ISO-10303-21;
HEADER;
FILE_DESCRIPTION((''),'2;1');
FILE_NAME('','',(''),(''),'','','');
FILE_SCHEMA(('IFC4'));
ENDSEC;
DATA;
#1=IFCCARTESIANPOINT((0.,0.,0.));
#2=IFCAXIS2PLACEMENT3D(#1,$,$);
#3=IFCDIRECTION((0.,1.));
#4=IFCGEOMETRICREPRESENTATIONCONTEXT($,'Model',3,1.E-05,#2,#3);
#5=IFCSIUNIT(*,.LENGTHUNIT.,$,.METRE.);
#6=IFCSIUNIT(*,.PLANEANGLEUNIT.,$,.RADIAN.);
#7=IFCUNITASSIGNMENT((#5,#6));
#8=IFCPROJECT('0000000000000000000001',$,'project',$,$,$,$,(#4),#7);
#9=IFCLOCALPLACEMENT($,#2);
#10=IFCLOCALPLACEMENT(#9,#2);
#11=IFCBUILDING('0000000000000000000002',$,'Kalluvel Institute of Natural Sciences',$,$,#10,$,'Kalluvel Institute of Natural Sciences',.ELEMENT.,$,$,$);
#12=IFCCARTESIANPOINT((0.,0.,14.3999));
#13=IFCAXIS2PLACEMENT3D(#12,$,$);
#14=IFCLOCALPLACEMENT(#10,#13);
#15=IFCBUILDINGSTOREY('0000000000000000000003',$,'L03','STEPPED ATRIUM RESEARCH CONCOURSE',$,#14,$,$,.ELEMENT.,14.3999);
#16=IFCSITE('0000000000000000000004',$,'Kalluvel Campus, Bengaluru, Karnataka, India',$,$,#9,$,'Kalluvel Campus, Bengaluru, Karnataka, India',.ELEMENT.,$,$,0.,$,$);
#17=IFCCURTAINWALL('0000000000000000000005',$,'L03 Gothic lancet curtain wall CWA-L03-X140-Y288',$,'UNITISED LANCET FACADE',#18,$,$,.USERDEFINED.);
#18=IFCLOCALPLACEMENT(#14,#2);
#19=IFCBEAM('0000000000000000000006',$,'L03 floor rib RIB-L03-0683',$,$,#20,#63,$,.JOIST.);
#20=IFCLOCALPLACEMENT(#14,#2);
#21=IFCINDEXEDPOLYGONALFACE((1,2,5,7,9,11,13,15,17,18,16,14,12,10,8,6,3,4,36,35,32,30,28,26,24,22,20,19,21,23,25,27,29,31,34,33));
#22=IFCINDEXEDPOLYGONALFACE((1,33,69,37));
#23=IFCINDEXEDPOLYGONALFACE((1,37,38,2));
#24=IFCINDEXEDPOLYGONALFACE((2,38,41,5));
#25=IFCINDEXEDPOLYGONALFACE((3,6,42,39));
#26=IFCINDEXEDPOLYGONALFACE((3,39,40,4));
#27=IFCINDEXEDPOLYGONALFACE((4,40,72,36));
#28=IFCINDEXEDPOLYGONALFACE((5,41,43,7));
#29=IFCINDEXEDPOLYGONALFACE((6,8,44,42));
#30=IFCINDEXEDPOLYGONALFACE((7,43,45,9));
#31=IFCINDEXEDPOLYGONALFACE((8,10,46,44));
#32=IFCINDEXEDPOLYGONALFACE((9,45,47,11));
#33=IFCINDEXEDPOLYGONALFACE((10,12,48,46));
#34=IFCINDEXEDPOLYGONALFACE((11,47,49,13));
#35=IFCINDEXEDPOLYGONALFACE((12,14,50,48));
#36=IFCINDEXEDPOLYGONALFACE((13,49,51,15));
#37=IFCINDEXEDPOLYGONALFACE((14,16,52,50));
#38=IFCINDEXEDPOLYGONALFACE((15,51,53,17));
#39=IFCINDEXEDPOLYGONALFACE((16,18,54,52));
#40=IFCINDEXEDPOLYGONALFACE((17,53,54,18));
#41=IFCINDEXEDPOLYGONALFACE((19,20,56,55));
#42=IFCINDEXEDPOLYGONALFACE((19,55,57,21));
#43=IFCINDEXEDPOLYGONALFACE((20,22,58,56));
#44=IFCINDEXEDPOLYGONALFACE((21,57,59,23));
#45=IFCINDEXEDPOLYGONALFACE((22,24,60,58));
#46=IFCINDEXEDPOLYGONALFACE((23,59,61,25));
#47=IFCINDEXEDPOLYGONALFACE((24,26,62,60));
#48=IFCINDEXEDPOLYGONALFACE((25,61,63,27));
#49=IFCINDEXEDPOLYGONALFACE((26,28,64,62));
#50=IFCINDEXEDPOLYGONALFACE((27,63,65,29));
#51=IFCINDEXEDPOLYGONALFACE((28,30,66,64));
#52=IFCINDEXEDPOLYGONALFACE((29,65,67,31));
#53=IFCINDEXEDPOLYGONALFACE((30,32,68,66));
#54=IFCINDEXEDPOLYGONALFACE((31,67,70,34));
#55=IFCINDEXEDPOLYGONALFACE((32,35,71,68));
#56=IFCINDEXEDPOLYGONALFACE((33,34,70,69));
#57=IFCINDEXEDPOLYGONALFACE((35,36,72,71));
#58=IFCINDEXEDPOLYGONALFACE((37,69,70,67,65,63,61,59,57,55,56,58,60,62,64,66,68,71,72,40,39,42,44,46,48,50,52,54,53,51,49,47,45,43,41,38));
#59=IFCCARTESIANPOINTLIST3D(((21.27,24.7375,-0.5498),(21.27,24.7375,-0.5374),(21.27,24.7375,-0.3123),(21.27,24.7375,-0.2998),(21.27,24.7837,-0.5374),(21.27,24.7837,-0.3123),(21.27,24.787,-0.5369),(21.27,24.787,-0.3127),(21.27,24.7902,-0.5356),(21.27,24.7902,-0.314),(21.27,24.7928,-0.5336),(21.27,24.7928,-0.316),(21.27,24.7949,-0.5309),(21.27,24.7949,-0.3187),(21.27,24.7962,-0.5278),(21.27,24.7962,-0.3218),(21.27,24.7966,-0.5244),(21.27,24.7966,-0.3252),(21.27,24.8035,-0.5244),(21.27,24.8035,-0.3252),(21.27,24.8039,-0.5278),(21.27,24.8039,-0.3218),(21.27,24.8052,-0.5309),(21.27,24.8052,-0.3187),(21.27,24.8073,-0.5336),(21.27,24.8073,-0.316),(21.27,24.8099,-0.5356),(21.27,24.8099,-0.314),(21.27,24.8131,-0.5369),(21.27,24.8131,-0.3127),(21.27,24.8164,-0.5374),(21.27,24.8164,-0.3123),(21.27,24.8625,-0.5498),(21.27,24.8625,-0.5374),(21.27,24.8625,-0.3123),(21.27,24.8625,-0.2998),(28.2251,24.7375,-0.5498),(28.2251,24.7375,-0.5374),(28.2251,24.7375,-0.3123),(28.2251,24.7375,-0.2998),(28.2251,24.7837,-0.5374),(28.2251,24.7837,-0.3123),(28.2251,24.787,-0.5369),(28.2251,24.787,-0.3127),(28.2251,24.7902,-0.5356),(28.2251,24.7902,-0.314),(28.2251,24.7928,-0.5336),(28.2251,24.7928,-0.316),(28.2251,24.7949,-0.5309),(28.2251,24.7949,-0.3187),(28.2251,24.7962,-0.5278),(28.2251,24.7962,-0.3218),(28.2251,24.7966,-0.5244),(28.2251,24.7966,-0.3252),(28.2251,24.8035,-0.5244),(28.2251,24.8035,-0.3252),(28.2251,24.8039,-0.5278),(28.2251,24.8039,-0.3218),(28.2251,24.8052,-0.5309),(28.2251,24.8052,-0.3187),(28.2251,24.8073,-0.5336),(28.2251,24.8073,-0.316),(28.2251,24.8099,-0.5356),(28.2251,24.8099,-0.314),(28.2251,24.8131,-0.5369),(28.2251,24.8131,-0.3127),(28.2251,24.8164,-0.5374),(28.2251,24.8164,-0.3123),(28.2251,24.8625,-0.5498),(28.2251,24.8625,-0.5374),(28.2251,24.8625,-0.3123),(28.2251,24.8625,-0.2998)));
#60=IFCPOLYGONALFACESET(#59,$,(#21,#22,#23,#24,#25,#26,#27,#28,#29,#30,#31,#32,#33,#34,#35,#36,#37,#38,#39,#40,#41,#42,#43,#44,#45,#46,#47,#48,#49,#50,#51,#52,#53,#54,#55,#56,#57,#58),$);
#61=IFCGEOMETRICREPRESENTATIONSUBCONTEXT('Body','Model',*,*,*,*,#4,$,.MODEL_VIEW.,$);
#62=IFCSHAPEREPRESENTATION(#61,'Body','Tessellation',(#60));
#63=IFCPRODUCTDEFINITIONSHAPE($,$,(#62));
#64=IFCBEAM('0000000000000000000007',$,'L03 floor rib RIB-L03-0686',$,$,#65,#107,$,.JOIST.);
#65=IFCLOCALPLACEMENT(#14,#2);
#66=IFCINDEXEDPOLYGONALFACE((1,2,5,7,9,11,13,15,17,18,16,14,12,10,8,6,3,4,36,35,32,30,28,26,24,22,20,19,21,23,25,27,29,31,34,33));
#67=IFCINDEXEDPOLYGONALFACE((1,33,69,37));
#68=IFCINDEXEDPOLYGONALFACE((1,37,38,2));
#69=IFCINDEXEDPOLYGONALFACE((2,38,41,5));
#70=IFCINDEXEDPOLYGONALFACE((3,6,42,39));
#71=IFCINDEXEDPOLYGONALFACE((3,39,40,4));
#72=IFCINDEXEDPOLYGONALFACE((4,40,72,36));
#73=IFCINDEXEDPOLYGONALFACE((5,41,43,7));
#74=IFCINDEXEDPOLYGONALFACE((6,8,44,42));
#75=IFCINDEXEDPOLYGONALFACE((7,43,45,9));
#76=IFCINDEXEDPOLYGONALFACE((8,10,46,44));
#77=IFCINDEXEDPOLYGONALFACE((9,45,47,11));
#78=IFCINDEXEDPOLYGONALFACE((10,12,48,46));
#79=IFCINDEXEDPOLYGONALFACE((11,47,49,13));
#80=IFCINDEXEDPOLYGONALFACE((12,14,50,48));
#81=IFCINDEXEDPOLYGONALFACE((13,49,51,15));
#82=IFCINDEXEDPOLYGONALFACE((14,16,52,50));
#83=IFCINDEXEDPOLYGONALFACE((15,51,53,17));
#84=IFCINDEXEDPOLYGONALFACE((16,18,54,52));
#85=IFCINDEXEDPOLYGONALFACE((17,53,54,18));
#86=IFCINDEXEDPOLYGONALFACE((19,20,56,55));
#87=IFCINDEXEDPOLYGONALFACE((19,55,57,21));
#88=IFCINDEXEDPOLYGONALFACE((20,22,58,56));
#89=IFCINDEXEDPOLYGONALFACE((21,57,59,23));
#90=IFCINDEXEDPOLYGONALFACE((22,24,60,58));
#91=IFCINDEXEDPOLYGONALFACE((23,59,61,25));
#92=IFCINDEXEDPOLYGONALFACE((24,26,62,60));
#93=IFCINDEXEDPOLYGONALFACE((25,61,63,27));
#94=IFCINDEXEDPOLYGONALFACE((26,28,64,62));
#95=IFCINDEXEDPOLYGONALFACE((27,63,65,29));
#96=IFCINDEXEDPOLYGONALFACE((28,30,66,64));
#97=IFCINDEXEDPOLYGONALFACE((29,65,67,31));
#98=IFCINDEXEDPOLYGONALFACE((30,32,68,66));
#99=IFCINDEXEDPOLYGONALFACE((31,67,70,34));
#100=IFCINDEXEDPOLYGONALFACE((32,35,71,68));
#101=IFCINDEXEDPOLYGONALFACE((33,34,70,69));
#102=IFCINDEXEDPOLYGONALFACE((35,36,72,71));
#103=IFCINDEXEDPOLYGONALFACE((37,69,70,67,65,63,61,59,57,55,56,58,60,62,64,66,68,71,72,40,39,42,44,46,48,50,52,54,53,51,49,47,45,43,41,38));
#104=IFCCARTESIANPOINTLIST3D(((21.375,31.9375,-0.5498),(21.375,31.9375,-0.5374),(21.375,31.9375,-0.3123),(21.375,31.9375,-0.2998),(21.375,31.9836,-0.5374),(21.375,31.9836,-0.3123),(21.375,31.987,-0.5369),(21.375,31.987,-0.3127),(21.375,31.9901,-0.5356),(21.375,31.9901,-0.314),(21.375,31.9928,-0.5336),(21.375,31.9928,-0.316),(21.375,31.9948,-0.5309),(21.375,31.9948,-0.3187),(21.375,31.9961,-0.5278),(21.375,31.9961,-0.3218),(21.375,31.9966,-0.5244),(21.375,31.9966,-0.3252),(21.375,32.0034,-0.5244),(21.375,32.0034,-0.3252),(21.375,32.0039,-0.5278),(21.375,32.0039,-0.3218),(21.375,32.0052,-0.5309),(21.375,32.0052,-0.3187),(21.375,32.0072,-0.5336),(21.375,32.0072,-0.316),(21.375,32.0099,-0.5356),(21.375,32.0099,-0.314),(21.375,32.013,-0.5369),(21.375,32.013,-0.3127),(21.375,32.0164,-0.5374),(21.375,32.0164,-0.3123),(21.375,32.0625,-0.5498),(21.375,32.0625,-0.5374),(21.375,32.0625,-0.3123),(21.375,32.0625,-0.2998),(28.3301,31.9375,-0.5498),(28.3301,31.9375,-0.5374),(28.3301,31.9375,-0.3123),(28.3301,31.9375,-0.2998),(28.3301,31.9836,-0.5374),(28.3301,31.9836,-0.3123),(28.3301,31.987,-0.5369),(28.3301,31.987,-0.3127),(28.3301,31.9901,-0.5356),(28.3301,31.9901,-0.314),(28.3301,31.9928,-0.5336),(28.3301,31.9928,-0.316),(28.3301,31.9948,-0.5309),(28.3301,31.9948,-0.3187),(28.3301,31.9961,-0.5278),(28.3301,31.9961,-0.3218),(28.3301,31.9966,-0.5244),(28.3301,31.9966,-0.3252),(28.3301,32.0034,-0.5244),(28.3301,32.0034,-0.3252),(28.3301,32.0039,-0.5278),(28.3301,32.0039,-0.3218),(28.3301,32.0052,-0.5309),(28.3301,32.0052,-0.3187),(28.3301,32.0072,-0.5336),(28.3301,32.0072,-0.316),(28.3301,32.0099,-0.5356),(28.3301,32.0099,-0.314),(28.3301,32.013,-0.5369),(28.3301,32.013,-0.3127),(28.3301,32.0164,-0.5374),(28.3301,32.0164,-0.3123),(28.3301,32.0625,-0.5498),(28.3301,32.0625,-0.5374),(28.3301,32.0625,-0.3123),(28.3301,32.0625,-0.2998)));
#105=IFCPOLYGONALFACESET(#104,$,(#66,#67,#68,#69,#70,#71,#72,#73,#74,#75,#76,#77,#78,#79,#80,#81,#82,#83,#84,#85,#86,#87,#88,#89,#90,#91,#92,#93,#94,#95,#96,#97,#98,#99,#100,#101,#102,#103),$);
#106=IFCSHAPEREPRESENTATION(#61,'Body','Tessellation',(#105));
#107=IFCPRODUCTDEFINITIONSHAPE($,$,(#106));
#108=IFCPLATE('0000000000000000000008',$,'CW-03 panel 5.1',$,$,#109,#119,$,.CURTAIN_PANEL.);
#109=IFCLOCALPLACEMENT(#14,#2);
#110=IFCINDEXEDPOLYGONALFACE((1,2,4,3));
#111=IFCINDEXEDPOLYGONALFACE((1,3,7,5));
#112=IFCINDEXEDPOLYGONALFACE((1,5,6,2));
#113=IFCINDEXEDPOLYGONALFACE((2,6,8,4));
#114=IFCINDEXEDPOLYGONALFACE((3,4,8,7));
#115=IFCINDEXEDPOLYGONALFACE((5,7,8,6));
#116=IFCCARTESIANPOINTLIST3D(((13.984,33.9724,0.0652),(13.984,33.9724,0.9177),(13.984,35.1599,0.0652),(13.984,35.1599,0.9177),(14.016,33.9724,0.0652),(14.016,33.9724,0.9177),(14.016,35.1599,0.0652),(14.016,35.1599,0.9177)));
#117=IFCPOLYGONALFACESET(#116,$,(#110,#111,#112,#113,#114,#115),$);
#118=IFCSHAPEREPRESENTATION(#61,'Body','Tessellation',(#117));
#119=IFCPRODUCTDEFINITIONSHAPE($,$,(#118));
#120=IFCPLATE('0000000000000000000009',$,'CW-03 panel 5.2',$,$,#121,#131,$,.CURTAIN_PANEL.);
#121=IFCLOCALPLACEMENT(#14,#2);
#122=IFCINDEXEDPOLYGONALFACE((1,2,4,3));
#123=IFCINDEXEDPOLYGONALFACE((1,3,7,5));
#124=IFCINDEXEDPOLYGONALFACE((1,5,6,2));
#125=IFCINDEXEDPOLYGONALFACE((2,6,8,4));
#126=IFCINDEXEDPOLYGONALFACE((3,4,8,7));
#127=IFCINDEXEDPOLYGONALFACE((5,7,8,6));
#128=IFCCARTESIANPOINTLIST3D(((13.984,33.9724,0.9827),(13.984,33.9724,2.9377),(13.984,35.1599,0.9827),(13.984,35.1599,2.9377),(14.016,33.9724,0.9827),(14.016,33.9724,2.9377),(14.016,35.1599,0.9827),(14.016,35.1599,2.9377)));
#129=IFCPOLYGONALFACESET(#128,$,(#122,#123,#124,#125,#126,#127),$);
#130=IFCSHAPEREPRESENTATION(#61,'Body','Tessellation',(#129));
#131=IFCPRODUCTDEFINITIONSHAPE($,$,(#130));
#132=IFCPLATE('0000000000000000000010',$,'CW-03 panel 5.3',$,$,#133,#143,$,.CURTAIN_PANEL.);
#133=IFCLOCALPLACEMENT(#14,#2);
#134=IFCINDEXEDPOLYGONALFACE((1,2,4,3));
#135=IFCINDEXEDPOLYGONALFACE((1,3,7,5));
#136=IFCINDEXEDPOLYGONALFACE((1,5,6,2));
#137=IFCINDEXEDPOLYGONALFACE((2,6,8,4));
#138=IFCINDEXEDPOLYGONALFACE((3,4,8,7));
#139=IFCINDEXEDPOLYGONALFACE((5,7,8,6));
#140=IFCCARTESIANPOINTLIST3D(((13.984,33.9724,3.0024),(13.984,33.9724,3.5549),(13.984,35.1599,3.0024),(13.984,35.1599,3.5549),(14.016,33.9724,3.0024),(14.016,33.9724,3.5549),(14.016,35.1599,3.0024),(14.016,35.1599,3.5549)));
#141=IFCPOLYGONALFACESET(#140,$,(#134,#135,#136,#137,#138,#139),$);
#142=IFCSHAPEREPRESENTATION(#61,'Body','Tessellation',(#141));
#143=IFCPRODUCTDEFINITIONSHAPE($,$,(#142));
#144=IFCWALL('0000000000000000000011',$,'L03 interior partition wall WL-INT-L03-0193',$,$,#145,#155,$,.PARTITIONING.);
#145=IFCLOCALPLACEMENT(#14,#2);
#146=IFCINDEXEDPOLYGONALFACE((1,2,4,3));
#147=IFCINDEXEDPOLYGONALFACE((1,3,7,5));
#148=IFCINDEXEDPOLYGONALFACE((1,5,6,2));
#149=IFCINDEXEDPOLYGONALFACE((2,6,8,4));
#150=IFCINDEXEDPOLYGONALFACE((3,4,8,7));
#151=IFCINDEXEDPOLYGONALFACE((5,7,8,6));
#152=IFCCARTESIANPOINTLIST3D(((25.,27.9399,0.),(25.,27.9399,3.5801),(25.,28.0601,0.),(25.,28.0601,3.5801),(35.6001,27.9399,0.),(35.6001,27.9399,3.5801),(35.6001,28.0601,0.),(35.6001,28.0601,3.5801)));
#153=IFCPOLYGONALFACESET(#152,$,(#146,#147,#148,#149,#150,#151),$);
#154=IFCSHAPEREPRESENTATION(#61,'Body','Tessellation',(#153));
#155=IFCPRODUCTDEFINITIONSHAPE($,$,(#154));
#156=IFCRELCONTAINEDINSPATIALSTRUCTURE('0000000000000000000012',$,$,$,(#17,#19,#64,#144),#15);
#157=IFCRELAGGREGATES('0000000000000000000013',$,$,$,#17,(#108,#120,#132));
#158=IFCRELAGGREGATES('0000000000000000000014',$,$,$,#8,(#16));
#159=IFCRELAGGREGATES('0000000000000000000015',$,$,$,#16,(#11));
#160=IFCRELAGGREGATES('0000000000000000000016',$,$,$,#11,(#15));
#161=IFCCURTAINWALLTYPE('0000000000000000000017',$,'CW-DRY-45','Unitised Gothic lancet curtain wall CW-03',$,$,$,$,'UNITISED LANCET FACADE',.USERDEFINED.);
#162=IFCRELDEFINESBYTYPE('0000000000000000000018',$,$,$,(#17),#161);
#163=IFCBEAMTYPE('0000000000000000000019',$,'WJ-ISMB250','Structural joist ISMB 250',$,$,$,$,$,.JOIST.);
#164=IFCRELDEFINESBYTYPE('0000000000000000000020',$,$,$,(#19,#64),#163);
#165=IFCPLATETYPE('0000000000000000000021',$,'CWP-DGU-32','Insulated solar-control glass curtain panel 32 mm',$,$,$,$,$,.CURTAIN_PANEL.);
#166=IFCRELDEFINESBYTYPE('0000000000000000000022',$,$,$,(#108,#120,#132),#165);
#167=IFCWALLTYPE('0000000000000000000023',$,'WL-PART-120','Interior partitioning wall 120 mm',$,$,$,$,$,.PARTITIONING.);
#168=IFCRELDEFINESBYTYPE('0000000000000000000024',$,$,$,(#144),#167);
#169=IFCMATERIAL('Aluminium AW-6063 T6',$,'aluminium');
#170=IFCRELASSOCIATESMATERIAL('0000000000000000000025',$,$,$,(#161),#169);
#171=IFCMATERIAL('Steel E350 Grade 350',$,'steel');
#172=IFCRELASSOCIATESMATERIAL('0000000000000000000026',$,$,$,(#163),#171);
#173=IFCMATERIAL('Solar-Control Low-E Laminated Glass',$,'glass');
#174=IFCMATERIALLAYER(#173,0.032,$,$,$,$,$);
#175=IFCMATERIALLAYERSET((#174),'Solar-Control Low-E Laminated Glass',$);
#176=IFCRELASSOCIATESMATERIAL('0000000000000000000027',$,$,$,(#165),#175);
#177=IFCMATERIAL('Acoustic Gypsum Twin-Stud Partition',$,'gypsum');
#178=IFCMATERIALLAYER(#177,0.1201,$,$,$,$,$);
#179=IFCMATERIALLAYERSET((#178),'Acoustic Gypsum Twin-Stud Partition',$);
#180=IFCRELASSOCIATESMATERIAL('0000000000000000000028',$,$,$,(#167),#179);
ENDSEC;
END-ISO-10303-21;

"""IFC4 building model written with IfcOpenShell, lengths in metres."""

from ifc_helpers import new_model, si_unit, direction, frame, frame_2d, origin, origin_2d, place, context, subcontext, project, spatial, rectangle, i_section, extrude, material, layer, layer_set, material_profile, profile_set, type_object, element, aggregate, save


model = new_model("IFC4")

# Units and contexts
model_context = context("Model", 3, precision=1e-05, world=origin(), true_north=direction((0.0, 1.0)))
body_context = subcontext(model_context, "Body", "Model", "MODEL_VIEW")
ifc_project = project(units=[si_unit("LENGTHUNIT", "METRE"), si_unit("PLANEANGLEUNIT", "RADIAN")], contexts=[model_context])

# Site, building, storey
site_placement = place(None, origin())
site = spatial("IfcSite", under=ifc_project, at=site_placement, Name="Kalluvel Campus, Bengaluru, Karnataka, India", LongName="Kalluvel Campus, Bengaluru, Karnataka, India", CompositionType="ELEMENT", RefElevation=0.0)
building_placement = place(site_placement, origin())
building = spatial("IfcBuilding", under=site, at=building_placement, Name="Kalluvel Institute of Natural Sciences", LongName="Kalluvel Institute of Natural Sciences", CompositionType="ELEMENT")
storey_placement = place(building_placement, frame((0.0, 0.0, 14.3999)))
storey = spatial("IfcBuildingStorey", under=building, at=storey_placement, Name="L03", Description="STEPPED ATRIUM RESEARCH CONCOURSE", CompositionType="ELEMENT", Elevation=14.3999)

# Shared definitions
ifc_material_1 = material(Name="Steel E350 Grade 350", Category="steel")

# Curtain wall
ifc_material_2 = material(Name="Aluminium AW-6063 T6", Category="aluminium")
curtain_wall_type = type_object("IfcCurtainWallType", Name="CW-DRY-45", Description="Unitised Gothic lancet curtain wall CW-03", ElementType="UNITISED LANCET FACADE", PredefinedType="USERDEFINED", material=ifc_material_2)
curtain_wall_placement = place(storey_placement, origin())
curtain_wall = element("IfcCurtainWall", 1, at=curtain_wall_placement, inside=storey, type_object=curtain_wall_type, Name="L03 Gothic lancet curtain wall CWA-L03-X140-Y288", ObjectType="UNITISED LANCET FACADE", PredefinedType="USERDEFINED")

# Beams
ifc_material_profile_1 = material_profile(ifc_material_1, i_section(OverallWidth=0.125, OverallDepth=0.25, WebThickness=0.0068, FlangeThickness=0.0125, FilletRadius=0.0129, at=origin_2d()), Name="ISMB 250")
ifc_profile_set_1 = profile_set([ifc_material_profile_1], Name="Steel E350 Grade 350")
beam_type_1 = type_object("IfcBeamType", Name="WJ-ISMB250", Description="Structural joist ISMB 250", PredefinedType="JOIST", material=ifc_profile_set_1)
for number, where, z_axis, x_axis, name in (
    (2, (21.27, 24.8, -0.4248), (1.0, 0.0, 0.0), (0.0, 1.0, 0.0), "L03 floor rib RIB-L03-0683"),
    (3, (21.375, 32.0, -0.4248), (1.0, 0.0, 0.0), (0.0, 1.0, 0.0), "L03 floor rib RIB-L03-0686"),
):
    element("IfcBeam", number, at=place(storey_placement, frame(where, z_axis=z_axis, x_axis=x_axis)), inside=storey, type_object=beam_type_1, Name=name, PredefinedType="JOIST", context=body_context, shape_type="SweptSolid", body=[
        extrude(i_section(OverallWidth=0.125, OverallDepth=0.25, WebThickness=0.0068, FlangeThickness=0.0125, FilletRadius=0.0129, at=origin_2d()), origin(), (0.0, 0.0, 1.0), 6.9551),
    ])

# Plates
ifc_material_3 = material(Name="Solar-Control Low-E Laminated Glass", Category="glass")
ifc_layer_1 = layer(ifc_material_3, 0.032)
ifc_layer_set_1 = layer_set([ifc_layer_1], Name="Solar-Control Low-E Laminated Glass")
plate_type = type_object("IfcPlateType", Name="CWP-DGU-32", Description="Insulated solar-control glass curtain panel 32 mm", PredefinedType="CURTAIN_PANEL", material=ifc_layer_set_1)
plate_1_placement = place(storey_placement, frame((14.0, 34.5662, 0.0652), z_axis=(0.0, 0.0, 1.0), x_axis=(0.0, 1.0, 0.0)))
plate_1 = element("IfcPlate", 4, at=plate_1_placement, type_object=plate_type, Name="CW-03 panel 5.1", PredefinedType="CURTAIN_PANEL", context=body_context, shape_type="SweptSolid", body=[
    extrude(rectangle(XDim=1.1875, YDim=0.032, at=origin_2d()), origin(), (0.0, 0.0, 1.0), 0.8525),
])
plate_2_placement = place(storey_placement, frame((14.0, 34.5662, 0.9827), z_axis=(0.0, 0.0, 1.0), x_axis=(0.0, 1.0, 0.0)))
plate_2 = element("IfcPlate", 5, at=plate_2_placement, type_object=plate_type, Name="CW-03 panel 5.2", PredefinedType="CURTAIN_PANEL", context=body_context, shape_type="SweptSolid", body=[
    extrude(rectangle(XDim=1.1875, YDim=0.032, at=origin_2d()), origin(), (0.0, 0.0, 1.0), 1.9551),
])
plate_3_placement = place(storey_placement, frame((14.0, 34.5662, 3.0024), z_axis=(0.0, 0.0, 1.0), x_axis=(0.0, 1.0, 0.0)))
plate_3 = element("IfcPlate", 6, at=plate_3_placement, type_object=plate_type, Name="CW-03 panel 5.3", PredefinedType="CURTAIN_PANEL", context=body_context, shape_type="SweptSolid", body=[
    extrude(rectangle(XDim=1.1875, YDim=0.032, at=origin_2d()), origin(), (0.0, 0.0, 1.0), 0.5525),
])
aggregate(curtain_wall, [plate_1, plate_2, plate_3])

# Wall
ifc_material_4 = material(Name="Acoustic Gypsum Twin-Stud Partition", Category="gypsum")
ifc_layer_2 = layer(ifc_material_4, 0.1201)
ifc_layer_set_2 = layer_set([ifc_layer_2], Name="Acoustic Gypsum Twin-Stud Partition")
wall_type = type_object("IfcWallType", Name="WL-PART-120", Description="Interior partitioning wall 120 mm", PredefinedType="PARTITIONING", material=ifc_layer_set_2)
wall_placement = place(storey_placement, frame((25.0, 28.0, 0.0), z_axis=(0.0, 0.0, 1.0), x_axis=(1.0, 0.0, 0.0)))
element("IfcWall", 7, at=wall_placement, inside=storey, type_object=wall_type, Name="L03 interior partition wall WL-INT-L03-0193", PredefinedType="PARTITIONING", context=body_context, shape_type="SweptSolid", body=[
    extrude(rectangle(XDim=10.6001, YDim=0.1201, at=frame_2d((5.3, 0.0))), origin(), (0.0, 0.0, 1.0), 3.5801),
])

save(model, "model.ifc")
